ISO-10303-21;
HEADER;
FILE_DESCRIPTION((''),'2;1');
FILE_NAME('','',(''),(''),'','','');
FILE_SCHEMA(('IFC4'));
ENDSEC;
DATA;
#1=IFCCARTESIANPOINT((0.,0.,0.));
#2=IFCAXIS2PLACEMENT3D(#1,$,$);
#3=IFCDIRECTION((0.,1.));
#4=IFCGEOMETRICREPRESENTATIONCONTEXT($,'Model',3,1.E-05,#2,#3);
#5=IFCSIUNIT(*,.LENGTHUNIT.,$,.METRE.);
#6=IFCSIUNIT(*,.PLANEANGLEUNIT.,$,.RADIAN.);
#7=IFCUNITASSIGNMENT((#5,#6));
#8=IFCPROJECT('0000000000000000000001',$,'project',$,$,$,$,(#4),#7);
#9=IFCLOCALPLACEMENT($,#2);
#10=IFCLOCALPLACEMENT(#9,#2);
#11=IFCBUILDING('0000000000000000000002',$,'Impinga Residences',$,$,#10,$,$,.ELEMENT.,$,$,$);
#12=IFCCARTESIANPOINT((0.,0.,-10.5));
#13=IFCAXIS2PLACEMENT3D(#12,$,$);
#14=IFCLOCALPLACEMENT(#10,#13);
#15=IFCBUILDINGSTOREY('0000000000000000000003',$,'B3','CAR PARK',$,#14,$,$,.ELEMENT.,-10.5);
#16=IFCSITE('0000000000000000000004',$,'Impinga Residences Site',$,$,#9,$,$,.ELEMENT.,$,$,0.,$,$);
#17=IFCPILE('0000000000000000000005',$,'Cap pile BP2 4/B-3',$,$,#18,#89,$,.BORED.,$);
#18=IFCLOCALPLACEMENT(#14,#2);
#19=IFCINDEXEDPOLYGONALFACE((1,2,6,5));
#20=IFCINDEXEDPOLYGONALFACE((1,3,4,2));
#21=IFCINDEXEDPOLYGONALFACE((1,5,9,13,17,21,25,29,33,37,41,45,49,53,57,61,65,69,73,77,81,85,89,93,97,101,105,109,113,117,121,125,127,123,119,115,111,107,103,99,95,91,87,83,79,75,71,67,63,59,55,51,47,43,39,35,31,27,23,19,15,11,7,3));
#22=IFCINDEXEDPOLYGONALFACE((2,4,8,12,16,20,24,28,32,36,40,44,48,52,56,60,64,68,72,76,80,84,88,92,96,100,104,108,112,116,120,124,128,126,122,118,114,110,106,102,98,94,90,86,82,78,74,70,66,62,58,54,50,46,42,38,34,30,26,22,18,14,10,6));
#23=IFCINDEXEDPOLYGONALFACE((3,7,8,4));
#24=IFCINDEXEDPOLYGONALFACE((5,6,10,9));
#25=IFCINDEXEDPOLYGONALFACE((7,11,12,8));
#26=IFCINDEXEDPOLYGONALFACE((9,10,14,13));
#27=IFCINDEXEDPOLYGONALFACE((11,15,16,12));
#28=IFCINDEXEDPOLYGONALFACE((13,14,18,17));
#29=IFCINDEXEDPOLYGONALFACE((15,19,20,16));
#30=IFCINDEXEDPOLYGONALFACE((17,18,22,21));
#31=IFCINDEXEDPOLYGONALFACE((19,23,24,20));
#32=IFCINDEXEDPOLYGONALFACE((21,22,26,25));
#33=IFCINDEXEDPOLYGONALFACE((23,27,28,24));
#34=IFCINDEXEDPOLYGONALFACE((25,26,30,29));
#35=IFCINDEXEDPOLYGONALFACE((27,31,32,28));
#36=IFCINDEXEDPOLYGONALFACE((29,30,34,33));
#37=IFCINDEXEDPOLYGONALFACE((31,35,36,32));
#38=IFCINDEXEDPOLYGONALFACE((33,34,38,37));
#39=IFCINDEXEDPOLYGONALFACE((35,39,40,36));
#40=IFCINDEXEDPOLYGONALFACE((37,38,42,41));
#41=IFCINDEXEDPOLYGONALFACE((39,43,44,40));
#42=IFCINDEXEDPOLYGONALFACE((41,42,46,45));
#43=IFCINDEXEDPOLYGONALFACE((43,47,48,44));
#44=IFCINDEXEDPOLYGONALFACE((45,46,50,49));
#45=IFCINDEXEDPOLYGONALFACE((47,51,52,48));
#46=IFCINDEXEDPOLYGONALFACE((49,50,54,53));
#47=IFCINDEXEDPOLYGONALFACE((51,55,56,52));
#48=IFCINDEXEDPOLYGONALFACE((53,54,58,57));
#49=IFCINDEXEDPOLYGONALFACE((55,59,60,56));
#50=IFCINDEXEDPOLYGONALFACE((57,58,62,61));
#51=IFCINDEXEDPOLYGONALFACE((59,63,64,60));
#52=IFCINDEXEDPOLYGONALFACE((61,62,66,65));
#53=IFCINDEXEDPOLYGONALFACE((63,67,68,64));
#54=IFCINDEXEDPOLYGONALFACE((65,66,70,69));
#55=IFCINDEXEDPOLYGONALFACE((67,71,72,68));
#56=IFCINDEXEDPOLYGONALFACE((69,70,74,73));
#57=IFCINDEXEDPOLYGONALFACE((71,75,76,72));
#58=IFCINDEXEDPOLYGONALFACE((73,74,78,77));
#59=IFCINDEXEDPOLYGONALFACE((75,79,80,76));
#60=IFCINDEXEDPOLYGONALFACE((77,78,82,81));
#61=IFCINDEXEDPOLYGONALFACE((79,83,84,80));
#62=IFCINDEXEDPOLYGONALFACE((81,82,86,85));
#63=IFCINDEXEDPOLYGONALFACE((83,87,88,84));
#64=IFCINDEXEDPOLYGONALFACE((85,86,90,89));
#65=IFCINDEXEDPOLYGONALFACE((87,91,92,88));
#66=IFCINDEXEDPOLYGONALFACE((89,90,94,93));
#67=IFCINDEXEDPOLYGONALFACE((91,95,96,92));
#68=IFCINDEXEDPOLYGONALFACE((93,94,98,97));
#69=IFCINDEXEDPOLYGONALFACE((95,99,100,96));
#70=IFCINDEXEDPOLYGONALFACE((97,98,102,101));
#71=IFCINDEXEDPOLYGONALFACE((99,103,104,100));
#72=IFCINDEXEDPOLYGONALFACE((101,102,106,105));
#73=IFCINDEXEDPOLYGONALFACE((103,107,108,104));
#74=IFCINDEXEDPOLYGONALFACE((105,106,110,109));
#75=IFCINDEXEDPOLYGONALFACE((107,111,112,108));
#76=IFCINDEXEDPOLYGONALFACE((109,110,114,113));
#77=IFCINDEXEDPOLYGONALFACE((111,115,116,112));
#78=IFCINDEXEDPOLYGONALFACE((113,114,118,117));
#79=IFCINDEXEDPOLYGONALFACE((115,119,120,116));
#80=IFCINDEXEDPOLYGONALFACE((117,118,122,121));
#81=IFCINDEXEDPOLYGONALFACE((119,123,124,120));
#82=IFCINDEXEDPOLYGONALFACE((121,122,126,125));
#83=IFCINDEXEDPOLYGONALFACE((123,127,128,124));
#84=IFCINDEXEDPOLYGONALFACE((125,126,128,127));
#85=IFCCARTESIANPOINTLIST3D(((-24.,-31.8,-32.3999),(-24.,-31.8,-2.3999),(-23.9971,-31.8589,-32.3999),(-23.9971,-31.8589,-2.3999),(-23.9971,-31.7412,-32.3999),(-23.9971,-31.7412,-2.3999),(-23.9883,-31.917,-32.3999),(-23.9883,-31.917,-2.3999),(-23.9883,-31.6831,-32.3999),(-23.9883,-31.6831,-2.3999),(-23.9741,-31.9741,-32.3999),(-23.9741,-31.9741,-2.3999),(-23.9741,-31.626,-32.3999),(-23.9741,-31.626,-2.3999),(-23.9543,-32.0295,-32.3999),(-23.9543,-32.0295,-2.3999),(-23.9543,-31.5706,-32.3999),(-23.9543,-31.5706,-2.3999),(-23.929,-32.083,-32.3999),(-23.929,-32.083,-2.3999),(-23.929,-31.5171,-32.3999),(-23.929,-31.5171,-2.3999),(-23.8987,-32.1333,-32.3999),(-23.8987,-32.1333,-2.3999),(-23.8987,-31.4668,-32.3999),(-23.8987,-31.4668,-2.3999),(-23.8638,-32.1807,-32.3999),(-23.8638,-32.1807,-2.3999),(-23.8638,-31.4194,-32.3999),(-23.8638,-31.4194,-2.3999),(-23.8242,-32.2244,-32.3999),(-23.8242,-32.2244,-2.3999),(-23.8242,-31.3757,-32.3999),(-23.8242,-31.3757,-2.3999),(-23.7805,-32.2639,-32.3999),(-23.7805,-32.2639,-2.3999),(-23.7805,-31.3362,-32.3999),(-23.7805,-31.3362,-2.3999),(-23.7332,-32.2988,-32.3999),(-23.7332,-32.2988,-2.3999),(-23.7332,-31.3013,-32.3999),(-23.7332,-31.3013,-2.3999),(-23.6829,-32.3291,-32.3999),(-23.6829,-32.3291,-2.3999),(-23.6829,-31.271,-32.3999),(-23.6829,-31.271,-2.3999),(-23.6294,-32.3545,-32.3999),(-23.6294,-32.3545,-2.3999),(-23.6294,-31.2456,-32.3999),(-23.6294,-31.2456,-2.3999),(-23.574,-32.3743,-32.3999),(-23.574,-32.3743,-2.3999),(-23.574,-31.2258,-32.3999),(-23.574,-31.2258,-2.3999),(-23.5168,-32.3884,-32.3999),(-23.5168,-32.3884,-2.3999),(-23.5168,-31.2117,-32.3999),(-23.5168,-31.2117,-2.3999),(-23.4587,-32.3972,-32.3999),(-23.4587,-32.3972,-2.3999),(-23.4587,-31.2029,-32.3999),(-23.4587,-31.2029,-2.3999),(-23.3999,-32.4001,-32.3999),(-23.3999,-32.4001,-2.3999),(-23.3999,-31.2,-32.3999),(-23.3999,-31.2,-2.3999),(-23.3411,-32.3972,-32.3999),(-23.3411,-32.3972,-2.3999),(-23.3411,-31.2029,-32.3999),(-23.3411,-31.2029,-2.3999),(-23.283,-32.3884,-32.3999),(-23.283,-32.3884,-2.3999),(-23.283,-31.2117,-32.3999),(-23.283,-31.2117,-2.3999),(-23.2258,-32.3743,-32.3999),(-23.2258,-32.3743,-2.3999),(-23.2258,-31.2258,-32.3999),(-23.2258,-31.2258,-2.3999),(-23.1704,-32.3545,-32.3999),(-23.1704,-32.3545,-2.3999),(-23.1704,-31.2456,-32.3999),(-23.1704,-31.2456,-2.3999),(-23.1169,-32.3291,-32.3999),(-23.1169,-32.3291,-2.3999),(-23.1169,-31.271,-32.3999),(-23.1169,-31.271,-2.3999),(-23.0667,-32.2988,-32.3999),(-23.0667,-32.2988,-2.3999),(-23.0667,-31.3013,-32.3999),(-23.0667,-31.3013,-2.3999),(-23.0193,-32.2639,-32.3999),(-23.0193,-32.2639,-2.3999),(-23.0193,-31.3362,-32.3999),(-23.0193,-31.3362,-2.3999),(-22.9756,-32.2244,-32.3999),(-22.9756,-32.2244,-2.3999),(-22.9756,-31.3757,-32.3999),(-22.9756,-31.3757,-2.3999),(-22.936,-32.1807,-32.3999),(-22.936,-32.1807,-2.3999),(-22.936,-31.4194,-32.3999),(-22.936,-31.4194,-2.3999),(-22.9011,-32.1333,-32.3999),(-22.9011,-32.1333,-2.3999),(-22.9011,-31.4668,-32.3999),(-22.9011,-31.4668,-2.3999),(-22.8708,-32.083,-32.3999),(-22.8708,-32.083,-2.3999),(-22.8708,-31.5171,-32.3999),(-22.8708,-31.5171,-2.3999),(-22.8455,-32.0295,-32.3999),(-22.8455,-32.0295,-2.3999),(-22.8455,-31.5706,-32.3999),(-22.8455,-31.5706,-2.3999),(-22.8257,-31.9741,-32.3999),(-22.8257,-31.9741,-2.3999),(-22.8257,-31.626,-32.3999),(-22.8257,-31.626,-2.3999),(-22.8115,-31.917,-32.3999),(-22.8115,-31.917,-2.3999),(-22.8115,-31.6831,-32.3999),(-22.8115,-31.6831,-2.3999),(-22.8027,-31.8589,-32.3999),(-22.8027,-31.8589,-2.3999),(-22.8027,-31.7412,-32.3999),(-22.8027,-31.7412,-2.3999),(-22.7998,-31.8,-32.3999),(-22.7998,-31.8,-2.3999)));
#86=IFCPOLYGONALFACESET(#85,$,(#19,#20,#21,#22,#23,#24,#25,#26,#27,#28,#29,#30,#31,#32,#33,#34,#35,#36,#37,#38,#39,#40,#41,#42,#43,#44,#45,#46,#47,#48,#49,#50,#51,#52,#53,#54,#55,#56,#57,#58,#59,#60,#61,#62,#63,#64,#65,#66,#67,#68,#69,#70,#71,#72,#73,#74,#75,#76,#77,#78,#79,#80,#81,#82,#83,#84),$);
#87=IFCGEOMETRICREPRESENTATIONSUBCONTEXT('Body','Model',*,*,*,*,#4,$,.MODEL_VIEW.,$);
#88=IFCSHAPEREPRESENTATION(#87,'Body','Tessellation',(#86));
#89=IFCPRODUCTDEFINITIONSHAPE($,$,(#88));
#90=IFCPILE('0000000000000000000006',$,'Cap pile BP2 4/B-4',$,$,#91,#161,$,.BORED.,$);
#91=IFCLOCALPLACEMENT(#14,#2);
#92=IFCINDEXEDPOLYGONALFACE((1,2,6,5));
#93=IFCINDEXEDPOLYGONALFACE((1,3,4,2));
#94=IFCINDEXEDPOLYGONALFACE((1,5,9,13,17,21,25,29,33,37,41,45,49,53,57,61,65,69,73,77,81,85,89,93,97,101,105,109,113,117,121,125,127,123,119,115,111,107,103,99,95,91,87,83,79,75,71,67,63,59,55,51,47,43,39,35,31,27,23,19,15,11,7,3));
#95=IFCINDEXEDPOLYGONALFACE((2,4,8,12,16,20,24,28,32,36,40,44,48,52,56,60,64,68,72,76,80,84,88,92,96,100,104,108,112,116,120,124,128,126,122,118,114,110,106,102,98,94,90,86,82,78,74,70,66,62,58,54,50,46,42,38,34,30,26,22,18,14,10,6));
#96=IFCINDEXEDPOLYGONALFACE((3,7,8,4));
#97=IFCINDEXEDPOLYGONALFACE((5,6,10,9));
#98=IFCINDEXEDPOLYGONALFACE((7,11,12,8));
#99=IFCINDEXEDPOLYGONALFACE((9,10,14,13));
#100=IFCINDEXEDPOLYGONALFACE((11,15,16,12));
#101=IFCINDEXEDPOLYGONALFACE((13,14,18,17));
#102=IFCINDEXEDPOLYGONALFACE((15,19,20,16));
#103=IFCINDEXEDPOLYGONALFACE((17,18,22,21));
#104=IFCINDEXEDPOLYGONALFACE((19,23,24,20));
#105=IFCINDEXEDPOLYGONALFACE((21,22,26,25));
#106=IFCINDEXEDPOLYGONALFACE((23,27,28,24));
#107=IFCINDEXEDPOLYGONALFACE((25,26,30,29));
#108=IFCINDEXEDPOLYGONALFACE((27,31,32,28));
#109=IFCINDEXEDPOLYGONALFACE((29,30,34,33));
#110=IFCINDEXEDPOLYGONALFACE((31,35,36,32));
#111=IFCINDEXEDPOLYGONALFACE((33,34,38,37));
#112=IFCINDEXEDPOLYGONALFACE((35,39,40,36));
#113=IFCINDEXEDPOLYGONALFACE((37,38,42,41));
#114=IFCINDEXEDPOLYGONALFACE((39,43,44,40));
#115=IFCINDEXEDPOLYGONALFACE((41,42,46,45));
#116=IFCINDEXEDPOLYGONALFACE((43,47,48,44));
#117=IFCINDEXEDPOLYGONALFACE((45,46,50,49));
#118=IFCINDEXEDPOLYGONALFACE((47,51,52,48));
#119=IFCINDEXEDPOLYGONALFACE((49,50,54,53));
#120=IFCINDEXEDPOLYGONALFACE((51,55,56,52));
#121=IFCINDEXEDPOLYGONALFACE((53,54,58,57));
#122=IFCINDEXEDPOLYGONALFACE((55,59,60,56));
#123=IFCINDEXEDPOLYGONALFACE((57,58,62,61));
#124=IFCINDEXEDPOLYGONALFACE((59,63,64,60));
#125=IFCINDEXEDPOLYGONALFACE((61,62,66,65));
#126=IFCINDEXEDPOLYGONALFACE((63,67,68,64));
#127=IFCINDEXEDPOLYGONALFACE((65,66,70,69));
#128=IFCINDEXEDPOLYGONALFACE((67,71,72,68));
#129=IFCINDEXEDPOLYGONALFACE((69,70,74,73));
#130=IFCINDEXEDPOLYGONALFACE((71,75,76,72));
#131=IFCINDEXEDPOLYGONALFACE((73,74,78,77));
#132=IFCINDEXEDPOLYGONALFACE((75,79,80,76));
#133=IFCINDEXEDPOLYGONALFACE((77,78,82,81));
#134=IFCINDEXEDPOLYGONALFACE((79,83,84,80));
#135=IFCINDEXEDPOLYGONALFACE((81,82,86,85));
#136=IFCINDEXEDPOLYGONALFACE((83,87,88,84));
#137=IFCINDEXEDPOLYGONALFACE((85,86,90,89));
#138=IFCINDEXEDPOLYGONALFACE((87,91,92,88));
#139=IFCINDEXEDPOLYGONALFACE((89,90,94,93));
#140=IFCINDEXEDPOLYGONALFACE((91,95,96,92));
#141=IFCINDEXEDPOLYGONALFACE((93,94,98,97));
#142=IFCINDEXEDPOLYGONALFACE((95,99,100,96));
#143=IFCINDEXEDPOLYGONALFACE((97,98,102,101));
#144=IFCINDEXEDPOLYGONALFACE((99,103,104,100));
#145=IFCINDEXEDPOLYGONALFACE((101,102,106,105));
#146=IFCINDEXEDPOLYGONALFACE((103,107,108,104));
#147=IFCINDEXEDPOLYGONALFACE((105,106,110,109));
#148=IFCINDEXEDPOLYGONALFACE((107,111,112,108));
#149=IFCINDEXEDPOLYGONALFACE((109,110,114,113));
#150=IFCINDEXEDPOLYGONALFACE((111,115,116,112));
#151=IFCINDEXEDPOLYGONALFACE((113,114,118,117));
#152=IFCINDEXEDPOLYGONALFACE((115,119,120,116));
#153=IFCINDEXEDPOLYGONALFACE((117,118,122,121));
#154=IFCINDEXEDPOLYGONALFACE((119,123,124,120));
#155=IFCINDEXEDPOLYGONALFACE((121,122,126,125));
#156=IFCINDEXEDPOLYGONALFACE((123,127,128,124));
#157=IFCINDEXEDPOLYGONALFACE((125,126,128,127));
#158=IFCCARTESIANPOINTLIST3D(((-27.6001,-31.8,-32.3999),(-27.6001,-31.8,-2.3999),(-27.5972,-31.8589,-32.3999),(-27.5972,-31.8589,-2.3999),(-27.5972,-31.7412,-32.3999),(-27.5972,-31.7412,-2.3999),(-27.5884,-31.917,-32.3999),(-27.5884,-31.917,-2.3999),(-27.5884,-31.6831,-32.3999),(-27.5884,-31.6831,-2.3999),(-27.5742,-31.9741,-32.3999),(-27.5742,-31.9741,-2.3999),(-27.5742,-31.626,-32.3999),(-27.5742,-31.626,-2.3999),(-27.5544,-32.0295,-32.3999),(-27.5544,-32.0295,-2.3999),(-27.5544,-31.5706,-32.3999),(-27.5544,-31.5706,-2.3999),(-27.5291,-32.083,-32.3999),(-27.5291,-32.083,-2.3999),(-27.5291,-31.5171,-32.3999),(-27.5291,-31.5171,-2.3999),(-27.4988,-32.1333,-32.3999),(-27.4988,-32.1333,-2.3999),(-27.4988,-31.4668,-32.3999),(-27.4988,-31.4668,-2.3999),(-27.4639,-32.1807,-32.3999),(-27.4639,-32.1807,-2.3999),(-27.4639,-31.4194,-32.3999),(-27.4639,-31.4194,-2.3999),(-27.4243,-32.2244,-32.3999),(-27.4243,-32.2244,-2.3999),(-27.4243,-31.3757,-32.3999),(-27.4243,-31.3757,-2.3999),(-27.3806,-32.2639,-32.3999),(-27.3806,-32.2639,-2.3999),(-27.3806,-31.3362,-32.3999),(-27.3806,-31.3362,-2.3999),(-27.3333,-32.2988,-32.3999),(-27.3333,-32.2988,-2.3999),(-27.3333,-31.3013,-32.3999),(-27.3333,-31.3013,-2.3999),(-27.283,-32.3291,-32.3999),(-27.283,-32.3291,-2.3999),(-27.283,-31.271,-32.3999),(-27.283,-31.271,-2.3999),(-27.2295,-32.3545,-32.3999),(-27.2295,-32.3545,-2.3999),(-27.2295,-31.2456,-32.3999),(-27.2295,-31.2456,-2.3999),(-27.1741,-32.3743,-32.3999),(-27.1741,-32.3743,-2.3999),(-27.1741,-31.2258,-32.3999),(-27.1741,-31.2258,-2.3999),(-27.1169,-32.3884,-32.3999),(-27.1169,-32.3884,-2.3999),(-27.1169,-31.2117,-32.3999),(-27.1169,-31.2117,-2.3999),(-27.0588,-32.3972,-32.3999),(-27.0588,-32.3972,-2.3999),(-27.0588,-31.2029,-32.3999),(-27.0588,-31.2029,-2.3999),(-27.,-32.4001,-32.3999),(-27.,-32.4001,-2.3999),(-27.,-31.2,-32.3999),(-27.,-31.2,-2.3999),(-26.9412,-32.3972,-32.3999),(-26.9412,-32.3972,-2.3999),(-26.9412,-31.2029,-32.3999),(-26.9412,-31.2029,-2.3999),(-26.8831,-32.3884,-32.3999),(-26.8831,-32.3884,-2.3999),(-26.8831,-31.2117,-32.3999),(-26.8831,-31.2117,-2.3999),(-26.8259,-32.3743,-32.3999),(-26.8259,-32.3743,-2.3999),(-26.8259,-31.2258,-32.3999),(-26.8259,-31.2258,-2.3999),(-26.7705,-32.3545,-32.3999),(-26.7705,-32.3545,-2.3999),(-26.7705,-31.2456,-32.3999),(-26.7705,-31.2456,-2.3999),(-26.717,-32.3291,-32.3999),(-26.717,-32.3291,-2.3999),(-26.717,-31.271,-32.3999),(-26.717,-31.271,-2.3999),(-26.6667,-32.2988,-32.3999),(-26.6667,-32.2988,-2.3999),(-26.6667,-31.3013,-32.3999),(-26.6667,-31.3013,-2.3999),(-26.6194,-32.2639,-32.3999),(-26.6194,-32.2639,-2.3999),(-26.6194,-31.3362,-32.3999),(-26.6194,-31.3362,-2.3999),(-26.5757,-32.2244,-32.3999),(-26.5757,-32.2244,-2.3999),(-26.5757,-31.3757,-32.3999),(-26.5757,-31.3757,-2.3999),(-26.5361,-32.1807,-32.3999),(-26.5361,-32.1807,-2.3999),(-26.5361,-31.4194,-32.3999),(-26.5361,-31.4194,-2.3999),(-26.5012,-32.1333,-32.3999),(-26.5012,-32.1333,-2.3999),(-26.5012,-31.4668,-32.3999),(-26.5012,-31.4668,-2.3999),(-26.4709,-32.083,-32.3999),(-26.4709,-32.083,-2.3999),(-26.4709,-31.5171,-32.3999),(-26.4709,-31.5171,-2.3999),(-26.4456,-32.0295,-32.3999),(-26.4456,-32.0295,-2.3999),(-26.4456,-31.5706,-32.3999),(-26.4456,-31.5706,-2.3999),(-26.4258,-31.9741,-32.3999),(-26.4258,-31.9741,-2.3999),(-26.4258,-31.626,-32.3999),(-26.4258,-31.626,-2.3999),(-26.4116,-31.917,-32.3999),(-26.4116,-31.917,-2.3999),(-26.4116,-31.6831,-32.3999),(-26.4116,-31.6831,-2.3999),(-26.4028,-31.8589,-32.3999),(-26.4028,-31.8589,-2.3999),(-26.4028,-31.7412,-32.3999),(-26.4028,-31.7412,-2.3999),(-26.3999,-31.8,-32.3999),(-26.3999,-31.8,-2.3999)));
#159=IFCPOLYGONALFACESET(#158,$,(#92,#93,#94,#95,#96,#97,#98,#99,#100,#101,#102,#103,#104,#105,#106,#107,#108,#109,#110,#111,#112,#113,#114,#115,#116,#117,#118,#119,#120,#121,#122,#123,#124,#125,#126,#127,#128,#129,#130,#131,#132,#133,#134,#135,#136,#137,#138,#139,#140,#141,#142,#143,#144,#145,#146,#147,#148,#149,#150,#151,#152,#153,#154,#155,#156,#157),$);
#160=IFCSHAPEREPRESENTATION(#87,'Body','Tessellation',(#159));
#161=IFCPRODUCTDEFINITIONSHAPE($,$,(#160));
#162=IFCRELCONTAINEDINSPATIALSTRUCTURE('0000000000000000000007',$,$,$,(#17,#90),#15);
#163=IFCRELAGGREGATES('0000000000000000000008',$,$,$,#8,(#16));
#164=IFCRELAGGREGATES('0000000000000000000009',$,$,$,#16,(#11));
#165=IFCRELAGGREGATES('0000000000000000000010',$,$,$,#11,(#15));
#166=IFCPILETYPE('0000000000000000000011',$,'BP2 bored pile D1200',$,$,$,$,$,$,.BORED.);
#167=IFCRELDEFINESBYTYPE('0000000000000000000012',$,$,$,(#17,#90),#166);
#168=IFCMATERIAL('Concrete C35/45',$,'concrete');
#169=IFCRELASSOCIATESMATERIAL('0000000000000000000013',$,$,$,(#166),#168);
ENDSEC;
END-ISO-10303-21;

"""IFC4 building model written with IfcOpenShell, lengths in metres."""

from ifc_helpers import new_model, si_unit, direction, frame, origin, origin_2d, place, context, subcontext, project, spatial, polyline, circle, outline, extrude, material, material_profile, profile_set, type_object, element, save


model = new_model("IFC4")

# Units and contexts
model_context = context("Model", 3, precision=1e-05, world=origin(), true_north=direction((0.0, 1.0)))
body_context = subcontext(model_context, "Body", "Model", "MODEL_VIEW")
ifc_project = project(units=[si_unit("LENGTHUNIT", "METRE"), si_unit("PLANEANGLEUNIT", "RADIAN")], contexts=[model_context])

# Site, building, storey
site_placement = place(None, origin())
site = spatial("IfcSite", under=ifc_project, at=site_placement, Name="Impinga Residences Site", CompositionType="ELEMENT", RefElevation=0.0)
building_placement = place(site_placement, origin())
building = spatial("IfcBuilding", under=site, at=building_placement, Name="Impinga Residences", CompositionType="ELEMENT")
storey_placement = place(building_placement, frame((0.0, 0.0, -10.5)))
storey = spatial("IfcBuildingStorey", under=building, at=storey_placement, Name="B3", Description="CAR PARK", CompositionType="ELEMENT", Elevation=-10.5)

# Piles
ifc_material_1 = material(Name="Concrete C35/45", Category="concrete")
ifc_material_profile_1 = material_profile(ifc_material_1, circle(Radius=0.6001, at=origin_2d()), Name="D1200")
ifc_profile_set_1 = profile_set([ifc_material_profile_1], Name="Concrete C35/45")
pile_type_1 = type_object("IfcPileType", Name="BP2 bored pile D1200", PredefinedType="BORED", material=ifc_profile_set_1)
pile_1_placement = place(storey_placement, frame((-23.3999, -31.8, -2.3999), z_axis=(0.0, 0.0, -1.0), x_axis=(1.0, 0.0, 0.0)))
element("IfcPile", 1, at=pile_1_placement, inside=storey, type_object=pile_type_1, Name="Cap pile BP2 4/B-3", PredefinedType="BORED", context=body_context, shape_type="SweptSolid", body=[
    extrude(outline(polyline([(0.6001, 0.0), (0.5972, 0.0588), (0.5884, 0.1169), (0.5742, 0.1741), (0.5544, 0.2295), (0.5291, 0.283), (0.4988, 0.3333), (0.4639, 0.3806), (0.4243, 0.4243), (0.3806, 0.4639), (0.3333, 0.4988), (0.283, 0.5291), (0.2295, 0.5544), (0.1741, 0.5742), (0.1169, 0.5884), (0.0588, 0.5972), (0.0, 0.6001), (-0.0588, 0.5972), (-0.1169, 0.5884), (-0.1741, 0.5742), (-0.2295, 0.5544), (-0.283, 0.5291), (-0.3333, 0.4988), (-0.3806, 0.4639), (-0.4243, 0.4243), (-0.4639, 0.3806), (-0.4988, 0.3333), (-0.5291, 0.283), (-0.5544, 0.2295), (-0.5742, 0.1741), (-0.5884, 0.1169), (-0.5972, 0.0588), (-0.6001, 0.0), (-0.5972, -0.0588), (-0.5884, -0.1169), (-0.5742, -0.1741), (-0.5544, -0.2295), (-0.5291, -0.283), (-0.4988, -0.3333), (-0.4639, -0.3806), (-0.4243, -0.4243), (-0.3806, -0.4639), (-0.3333, -0.4988), (-0.283, -0.5291), (-0.2295, -0.5544), (-0.1741, -0.5742), (-0.1169, -0.5884), (-0.0588, -0.5972), (0.0, -0.6001), (0.0588, -0.5972), (0.1169, -0.5884), (0.1741, -0.5742), (0.2295, -0.5544), (0.283, -0.5291), (0.3333, -0.4988), (0.3806, -0.4639), (0.4243, -0.4243), (0.4639, -0.3806), (0.4988, -0.3333), (0.5291, -0.283), (0.5544, -0.2295), (0.5742, -0.1741), (0.5884, -0.1169), (0.5972, -0.0588), (0.6001, 0.0)])), origin(), (0.0, 0.0, 1.0), 30.0),
])
pile_2_placement = place(storey_placement, frame((-27.0, -31.8, -2.3999), z_axis=(0.0, 0.0, -1.0), x_axis=(1.0, 0.0, 0.0)))
element("IfcPile", 2, at=pile_2_placement, inside=storey, type_object=pile_type_1, Name="Cap pile BP2 4/B-4", PredefinedType="BORED", context=body_context, shape_type="SweptSolid", body=[
    extrude(outline(polyline([(0.6001, 0.0), (0.5972, 0.0588), (0.5884, 0.1169), (0.5742, 0.1741), (0.5544, 0.2295), (0.5291, 0.283), (0.4988, 0.3333), (0.4639, 0.3806), (0.4243, 0.4243), (0.3806, 0.4639), (0.3333, 0.4988), (0.283, 0.5291), (0.2295, 0.5544), (0.1741, 0.5742), (0.1169, 0.5884), (0.0588, 0.5972), (0.0, 0.6001), (-0.0588, 0.5972), (-0.1169, 0.5884), (-0.1741, 0.5742), (-0.2295, 0.5544), (-0.283, 0.5291), (-0.3333, 0.4988), (-0.3806, 0.4639), (-0.4243, 0.4243), (-0.4639, 0.3806), (-0.4988, 0.3333), (-0.5291, 0.283), (-0.5544, 0.2295), (-0.5742, 0.1741), (-0.5884, 0.1169), (-0.5972, 0.0588), (-0.6001, 0.0), (-0.5972, -0.0588), (-0.5884, -0.1169), (-0.5742, -0.1741), (-0.5544, -0.2295), (-0.5291, -0.283), (-0.4988, -0.3333), (-0.4639, -0.3806), (-0.4243, -0.4243), (-0.3806, -0.4639), (-0.3333, -0.4988), (-0.283, -0.5291), (-0.2295, -0.5544), (-0.1741, -0.5742), (-0.1169, -0.5884), (-0.0588, -0.5972), (0.0, -0.6001), (0.0588, -0.5972), (0.1169, -0.5884), (0.1741, -0.5742), (0.2295, -0.5544), (0.283, -0.5291), (0.3333, -0.4988), (0.3806, -0.4639), (0.4243, -0.4243), (0.4639, -0.3806), (0.4988, -0.3333), (0.5291, -0.283), (0.5544, -0.2295), (0.5742, -0.1741), (0.5884, -0.1169), (0.5972, -0.0588), (0.6001, 0.0)])), origin(), (0.0, 0.0, 1.0), 30.0),
])

save(model, "model.ifc")
